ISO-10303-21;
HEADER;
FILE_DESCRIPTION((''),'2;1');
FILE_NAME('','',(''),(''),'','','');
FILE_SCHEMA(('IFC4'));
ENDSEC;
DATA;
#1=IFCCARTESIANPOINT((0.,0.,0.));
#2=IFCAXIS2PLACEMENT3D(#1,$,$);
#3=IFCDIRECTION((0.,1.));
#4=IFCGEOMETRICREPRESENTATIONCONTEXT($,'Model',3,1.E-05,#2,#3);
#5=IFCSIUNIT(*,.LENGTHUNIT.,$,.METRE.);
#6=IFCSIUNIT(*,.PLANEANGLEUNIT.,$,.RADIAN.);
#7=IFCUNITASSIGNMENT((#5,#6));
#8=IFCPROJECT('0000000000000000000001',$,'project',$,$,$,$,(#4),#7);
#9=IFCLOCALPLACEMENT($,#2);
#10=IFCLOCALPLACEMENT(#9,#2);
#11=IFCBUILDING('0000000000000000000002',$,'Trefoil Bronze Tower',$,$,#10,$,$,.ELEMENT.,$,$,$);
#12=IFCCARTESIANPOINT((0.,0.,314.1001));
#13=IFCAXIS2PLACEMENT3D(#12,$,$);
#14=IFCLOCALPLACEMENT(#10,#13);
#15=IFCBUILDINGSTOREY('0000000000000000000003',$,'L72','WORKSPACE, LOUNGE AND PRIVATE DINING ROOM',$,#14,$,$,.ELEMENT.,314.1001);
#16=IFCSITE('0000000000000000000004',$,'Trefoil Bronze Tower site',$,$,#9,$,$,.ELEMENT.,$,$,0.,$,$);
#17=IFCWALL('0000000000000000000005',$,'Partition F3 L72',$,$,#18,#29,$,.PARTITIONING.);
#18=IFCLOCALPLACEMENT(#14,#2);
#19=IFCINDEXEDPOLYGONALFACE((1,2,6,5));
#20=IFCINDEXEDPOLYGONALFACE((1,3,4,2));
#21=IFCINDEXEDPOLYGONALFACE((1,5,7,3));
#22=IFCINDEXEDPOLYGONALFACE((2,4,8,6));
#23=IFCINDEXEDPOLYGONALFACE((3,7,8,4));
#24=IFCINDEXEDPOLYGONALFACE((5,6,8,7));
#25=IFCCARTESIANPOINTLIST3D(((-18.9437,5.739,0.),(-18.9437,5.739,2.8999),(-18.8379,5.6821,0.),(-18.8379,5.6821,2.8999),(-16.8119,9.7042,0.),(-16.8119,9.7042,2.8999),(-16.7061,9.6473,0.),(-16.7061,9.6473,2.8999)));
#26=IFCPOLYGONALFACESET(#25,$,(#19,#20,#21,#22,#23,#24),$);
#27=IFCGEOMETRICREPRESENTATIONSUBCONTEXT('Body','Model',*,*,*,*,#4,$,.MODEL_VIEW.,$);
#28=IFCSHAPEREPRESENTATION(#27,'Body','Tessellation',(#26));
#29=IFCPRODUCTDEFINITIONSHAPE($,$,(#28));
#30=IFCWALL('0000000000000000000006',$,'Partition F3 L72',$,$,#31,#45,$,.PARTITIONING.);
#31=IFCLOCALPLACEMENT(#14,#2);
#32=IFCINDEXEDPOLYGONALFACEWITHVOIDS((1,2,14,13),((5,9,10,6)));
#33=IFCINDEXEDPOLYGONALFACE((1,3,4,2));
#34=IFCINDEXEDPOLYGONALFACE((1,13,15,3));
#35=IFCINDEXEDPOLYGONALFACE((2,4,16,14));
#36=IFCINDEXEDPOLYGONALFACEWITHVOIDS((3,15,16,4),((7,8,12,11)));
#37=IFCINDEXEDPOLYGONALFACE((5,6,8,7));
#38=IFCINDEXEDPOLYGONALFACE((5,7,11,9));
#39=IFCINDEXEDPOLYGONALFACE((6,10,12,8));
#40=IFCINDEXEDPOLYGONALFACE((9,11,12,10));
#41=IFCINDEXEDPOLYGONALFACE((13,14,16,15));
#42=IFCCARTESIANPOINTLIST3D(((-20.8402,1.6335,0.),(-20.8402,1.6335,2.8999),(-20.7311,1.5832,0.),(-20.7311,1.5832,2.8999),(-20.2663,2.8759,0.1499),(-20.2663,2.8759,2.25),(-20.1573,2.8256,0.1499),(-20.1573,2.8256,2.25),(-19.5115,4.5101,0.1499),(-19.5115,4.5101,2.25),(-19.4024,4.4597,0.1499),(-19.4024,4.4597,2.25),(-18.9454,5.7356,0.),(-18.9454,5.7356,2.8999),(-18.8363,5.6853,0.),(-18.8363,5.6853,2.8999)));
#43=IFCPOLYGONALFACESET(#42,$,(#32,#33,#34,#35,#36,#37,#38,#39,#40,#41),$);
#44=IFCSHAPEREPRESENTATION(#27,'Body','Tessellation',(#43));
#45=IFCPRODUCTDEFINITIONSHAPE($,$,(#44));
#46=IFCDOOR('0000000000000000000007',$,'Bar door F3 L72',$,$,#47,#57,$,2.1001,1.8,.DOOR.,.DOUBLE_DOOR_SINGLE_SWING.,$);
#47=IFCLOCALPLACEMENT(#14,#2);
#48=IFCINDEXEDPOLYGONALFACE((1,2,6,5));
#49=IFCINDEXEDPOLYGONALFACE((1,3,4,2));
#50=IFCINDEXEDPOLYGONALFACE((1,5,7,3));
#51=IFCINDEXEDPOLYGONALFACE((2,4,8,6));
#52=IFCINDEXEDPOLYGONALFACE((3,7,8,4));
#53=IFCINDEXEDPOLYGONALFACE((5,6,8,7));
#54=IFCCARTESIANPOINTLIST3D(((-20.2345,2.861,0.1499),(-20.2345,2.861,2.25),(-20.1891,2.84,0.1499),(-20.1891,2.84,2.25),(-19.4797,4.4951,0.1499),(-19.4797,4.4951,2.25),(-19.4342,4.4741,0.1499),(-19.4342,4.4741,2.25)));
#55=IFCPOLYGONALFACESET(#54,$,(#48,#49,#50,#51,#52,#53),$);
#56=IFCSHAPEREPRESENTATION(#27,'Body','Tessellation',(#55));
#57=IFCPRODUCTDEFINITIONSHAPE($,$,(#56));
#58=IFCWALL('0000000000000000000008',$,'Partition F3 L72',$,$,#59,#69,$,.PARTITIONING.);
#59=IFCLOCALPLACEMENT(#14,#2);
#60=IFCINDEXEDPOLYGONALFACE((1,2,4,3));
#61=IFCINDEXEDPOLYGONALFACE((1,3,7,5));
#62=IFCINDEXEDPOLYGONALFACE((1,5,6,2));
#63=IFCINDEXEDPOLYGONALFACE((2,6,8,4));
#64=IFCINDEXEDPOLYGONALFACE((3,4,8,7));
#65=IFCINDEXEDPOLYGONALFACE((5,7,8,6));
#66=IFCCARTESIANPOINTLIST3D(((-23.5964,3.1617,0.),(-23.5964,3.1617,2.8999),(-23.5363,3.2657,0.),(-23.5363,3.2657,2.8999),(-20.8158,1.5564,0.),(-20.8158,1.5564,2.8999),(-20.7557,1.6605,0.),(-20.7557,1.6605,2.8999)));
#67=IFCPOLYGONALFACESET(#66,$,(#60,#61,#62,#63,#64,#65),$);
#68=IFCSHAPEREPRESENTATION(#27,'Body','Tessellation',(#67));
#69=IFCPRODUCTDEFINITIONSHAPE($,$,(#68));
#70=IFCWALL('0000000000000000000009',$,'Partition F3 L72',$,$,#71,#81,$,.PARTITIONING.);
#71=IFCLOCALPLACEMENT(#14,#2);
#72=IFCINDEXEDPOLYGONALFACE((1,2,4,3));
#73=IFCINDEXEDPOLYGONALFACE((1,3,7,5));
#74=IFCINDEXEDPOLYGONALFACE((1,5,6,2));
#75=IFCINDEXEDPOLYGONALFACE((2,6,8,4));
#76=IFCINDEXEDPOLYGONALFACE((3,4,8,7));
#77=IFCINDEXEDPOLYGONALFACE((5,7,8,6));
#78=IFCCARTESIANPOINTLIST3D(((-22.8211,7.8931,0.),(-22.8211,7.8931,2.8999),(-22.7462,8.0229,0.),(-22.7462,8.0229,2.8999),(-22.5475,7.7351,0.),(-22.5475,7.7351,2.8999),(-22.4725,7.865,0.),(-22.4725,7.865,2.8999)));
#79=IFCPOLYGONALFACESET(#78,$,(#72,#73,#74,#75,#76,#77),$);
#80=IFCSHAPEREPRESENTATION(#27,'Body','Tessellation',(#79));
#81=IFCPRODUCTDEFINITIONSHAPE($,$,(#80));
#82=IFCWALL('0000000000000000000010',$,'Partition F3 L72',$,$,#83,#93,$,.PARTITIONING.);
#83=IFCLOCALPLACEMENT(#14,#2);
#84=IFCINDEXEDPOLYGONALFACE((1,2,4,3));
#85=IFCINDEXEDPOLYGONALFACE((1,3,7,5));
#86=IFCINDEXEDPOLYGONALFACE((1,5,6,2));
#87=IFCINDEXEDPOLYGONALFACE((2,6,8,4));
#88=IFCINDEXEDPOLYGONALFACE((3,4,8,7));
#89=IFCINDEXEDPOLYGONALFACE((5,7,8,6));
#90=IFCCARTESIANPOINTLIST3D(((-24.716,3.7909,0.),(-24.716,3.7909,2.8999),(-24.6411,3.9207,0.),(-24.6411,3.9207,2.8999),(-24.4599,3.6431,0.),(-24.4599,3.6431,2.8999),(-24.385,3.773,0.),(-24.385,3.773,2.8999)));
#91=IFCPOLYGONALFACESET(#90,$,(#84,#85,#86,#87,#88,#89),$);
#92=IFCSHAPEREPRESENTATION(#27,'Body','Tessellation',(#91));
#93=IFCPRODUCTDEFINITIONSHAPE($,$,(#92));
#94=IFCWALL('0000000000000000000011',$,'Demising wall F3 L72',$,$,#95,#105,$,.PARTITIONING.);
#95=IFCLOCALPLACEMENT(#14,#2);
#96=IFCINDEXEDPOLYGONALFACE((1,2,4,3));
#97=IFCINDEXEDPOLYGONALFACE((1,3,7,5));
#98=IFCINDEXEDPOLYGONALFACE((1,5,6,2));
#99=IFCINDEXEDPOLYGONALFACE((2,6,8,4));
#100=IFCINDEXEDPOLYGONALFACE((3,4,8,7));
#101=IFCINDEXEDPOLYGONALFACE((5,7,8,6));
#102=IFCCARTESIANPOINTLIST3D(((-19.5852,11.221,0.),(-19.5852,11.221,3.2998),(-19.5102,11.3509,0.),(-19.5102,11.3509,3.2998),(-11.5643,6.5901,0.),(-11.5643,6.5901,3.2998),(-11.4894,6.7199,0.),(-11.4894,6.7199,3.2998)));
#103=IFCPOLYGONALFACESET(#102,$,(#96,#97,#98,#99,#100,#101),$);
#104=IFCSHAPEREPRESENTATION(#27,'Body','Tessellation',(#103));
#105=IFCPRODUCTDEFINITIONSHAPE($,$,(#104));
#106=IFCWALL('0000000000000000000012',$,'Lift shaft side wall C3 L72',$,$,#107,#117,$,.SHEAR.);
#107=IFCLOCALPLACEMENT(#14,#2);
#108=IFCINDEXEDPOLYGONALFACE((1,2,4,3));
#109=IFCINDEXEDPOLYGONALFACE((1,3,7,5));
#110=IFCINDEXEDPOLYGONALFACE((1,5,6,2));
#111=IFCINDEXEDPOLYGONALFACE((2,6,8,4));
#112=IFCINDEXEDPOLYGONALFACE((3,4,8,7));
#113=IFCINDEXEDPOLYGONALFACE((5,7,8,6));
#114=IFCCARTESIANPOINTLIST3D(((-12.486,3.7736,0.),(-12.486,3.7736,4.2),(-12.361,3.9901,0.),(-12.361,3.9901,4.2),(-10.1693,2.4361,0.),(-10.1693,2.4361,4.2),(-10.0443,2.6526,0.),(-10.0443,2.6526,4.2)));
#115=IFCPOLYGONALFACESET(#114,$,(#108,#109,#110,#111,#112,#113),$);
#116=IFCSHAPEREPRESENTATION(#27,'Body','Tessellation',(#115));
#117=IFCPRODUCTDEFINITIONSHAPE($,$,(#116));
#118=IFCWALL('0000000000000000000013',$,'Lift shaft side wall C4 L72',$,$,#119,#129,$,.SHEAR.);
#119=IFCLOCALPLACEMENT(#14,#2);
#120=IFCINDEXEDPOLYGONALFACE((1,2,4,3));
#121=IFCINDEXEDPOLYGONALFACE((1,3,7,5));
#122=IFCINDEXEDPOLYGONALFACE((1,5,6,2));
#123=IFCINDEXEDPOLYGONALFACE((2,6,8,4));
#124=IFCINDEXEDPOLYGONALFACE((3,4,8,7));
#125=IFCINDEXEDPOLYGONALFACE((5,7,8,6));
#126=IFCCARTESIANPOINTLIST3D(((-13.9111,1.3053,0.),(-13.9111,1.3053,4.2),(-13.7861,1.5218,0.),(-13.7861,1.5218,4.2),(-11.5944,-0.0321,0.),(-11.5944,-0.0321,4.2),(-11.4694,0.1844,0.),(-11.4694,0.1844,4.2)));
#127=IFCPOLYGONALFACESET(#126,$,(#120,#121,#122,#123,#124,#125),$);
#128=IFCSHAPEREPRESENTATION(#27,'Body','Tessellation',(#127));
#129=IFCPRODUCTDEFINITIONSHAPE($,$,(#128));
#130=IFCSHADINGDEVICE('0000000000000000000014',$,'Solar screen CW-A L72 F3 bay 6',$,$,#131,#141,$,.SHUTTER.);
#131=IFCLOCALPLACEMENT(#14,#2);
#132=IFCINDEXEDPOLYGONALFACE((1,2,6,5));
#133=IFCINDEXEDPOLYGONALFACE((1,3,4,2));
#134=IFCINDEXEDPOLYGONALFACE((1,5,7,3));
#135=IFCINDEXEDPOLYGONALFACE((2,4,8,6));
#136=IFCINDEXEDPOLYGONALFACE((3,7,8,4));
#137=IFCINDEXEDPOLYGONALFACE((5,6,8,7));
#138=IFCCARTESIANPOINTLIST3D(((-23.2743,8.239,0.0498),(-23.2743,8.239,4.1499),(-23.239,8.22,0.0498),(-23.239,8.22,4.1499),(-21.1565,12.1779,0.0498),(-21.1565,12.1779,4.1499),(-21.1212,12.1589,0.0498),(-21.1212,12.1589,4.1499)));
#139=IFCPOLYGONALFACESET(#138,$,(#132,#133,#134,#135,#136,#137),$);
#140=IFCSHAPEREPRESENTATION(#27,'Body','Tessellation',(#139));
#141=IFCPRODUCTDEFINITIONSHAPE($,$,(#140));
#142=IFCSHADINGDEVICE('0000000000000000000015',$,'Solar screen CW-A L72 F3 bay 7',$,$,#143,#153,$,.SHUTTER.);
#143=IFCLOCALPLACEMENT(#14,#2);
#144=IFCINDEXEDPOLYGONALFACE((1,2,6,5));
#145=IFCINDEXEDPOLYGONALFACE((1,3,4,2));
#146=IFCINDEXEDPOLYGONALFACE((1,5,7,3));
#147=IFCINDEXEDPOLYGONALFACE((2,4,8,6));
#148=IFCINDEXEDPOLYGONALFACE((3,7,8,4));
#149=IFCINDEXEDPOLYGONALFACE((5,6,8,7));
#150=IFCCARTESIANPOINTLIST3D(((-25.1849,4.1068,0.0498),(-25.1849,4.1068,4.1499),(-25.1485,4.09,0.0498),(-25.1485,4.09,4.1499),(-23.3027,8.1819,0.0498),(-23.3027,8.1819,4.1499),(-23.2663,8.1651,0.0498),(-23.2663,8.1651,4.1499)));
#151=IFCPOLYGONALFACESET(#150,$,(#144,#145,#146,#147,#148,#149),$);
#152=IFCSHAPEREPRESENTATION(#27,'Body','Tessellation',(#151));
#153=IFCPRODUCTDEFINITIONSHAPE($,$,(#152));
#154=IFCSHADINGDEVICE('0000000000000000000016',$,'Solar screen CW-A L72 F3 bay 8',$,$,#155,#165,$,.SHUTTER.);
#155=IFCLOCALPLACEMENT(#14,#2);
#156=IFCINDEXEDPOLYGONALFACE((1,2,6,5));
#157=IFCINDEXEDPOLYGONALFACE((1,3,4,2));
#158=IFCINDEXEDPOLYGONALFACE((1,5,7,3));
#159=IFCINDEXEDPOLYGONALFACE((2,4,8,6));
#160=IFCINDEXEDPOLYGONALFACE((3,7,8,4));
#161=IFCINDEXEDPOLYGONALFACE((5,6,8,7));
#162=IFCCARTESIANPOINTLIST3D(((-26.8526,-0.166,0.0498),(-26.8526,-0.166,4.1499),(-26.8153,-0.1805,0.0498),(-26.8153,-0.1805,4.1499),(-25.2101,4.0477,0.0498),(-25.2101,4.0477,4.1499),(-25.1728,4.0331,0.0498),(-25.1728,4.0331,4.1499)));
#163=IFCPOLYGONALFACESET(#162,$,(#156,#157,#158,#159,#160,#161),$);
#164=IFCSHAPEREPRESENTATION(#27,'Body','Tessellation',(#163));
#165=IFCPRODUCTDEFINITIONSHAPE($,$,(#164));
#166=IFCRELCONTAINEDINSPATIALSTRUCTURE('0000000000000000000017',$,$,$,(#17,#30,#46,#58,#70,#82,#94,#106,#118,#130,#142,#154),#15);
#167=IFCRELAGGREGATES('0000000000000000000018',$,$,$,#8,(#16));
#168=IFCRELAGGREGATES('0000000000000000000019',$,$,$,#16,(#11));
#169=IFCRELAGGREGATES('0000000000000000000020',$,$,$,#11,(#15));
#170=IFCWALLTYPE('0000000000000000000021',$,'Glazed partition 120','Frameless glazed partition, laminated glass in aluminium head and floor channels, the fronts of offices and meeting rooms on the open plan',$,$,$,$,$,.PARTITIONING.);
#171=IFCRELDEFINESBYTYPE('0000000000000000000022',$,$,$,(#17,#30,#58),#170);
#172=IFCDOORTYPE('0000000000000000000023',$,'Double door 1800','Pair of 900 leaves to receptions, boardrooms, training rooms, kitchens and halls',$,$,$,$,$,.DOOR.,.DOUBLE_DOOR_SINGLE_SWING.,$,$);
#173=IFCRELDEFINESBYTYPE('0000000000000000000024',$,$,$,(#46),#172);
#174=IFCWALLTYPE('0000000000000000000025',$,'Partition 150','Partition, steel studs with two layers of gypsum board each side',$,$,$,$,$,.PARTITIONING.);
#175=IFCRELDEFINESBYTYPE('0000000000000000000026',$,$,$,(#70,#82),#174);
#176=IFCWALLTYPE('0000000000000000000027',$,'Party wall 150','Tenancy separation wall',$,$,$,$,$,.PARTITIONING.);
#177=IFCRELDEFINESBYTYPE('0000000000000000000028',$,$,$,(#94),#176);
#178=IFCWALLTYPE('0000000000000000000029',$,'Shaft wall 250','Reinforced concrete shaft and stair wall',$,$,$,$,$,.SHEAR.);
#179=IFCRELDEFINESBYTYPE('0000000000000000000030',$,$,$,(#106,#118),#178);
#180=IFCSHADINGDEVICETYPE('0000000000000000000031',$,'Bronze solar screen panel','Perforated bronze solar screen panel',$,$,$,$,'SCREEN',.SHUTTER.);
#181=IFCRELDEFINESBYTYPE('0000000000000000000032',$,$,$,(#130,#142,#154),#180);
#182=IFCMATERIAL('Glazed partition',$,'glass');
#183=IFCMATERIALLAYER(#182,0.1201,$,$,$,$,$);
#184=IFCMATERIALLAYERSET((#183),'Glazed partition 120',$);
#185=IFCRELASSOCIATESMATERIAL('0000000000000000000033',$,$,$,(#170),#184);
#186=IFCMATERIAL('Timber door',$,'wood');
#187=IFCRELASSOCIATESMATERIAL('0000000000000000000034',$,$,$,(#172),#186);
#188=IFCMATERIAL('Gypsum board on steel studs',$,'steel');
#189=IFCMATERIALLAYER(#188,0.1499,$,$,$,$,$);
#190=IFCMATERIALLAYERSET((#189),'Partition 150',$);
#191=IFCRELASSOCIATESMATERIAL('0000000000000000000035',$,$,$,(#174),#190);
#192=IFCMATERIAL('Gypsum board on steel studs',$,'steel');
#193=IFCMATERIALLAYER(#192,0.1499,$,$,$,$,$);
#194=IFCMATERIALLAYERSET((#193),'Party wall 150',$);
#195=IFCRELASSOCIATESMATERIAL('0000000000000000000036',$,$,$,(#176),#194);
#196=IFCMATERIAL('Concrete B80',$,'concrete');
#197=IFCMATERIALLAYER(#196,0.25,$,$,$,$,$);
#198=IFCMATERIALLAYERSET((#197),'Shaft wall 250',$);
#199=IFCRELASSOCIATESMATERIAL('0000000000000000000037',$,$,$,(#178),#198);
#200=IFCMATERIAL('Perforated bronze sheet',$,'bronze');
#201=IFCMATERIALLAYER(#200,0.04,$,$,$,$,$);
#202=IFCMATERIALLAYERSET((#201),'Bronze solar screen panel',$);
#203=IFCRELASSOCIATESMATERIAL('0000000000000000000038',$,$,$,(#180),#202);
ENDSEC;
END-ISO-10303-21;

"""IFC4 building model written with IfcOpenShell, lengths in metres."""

from ifc_helpers import new_model, si_unit, direction, frame, frame_2d, origin, origin_2d, place, context, subcontext, project, spatial, rectangle, extrude, material, layer, layer_set, type_object, element, fill, save


model = new_model("IFC4")

# Units and contexts
model_context = context("Model", 3, precision=1e-05, world=origin(), true_north=direction((0.0, 1.0)))
body_context = subcontext(model_context, "Body", "Model", "MODEL_VIEW")
ifc_project = project(units=[si_unit("LENGTHUNIT", "METRE"), si_unit("PLANEANGLEUNIT", "RADIAN")], contexts=[model_context])

# Site, building, storey
site_placement = place(None, origin())
site = spatial("IfcSite", under=ifc_project, at=site_placement, Name="Trefoil Bronze Tower site", CompositionType="ELEMENT", RefElevation=0.0)
building_placement = place(site_placement, origin())
building = spatial("IfcBuilding", under=site, at=building_placement, Name="Trefoil Bronze Tower", CompositionType="ELEMENT")
storey_placement = place(building_placement, frame((0.0, 0.0, 314.1001)))
storey = spatial("IfcBuildingStorey", under=building, at=storey_placement, Name="L72", Description="WORKSPACE, LOUNGE AND PRIVATE DINING ROOM", CompositionType="ELEMENT", Elevation=314.1001)

# Wall
ifc_material_1 = material(Name="Glazed partition", Category="glass")
ifc_layer_1 = layer(ifc_material_1, 0.1201)
ifc_layer_set_1 = layer_set([ifc_layer_1], Name="Glazed partition 120")
wall_type_1 = type_object("IfcWallType", Name="Glazed partition 120", Description="Frameless glazed partition, laminated glass in aluminium head and floor channels, the fronts of offices and meeting rooms on the open plan", PredefinedType="PARTITIONING", material=ifc_layer_set_1)
wall_1_placement = place(storey_placement, frame((-16.759, 9.6758, 0.0), z_axis=(0.0, 0.0, 1.0), x_axis=(-0.473524, -0.880781, 0.0)))
element("IfcWall", 1, at=wall_1_placement, inside=storey, type_object=wall_type_1, Name="Partition F3 L72", PredefinedType="PARTITIONING", context=body_context, shape_type="SweptSolid", body=[
    extrude(rectangle(XDim=4.502, YDim=0.1201, at=frame_2d((2.251, 0.0))), origin(), (0.0, 0.0, 1.0), 2.8999),
])

# Wall, opening, door
wall_2_placement = place(storey_placement, frame((-18.8909, 5.7104, 0.0), z_axis=(0.0, 0.0, 1.0), x_axis=(-0.419336, -0.907831, 0.0)))
wall_2 = element("IfcWall", 2, at=wall_2_placement, inside=storey, type_object=wall_type_1, Name="Partition F3 L72", PredefinedType="PARTITIONING", context=body_context, shape_type="SweptSolid", body=[
    extrude(rectangle(XDim=4.5186, YDim=0.1201, at=frame_2d((2.2593, 0.0))), origin(), (0.0, 0.0, 1.0), 2.8999),
])
opening_placement = place(wall_2_placement, frame((1.3501, 0.0, 0.1499)))
opening = element("IfcOpeningElement", 3, at=opening_placement, cuts=wall_2, PredefinedType="OPENING", context=body_context, shape_type="SweptSolid", body=[
    extrude(rectangle(XDim=1.8, YDim=2.1001, at=frame_2d((0.8999, 1.05))), frame((0.0, 0.0701, 0.0), z_axis=(0.0, -1.0, 0.0), x_axis=(1.0, 0.0, 0.0)), (0.0, 0.0, 1.0), 0.1401),
])
ifc_material_2 = material(Name="Timber door", Category="wood")
door_type = type_object("IfcDoorType", Name="Double door 1800", Description="Pair of 900 leaves to receptions, boardrooms, training rooms, kitchens and halls", OperationType="DOUBLE_DOOR_SINGLE_SWING", PredefinedType="DOOR", material=ifc_material_2)
door_placement = place(opening_placement, frame((1.8, 0.0, 0.0), z_axis=(0.0, 0.0, 1.0), x_axis=(-1.0, 0.0, 0.0)))
door = element("IfcDoor", 4, at=door_placement, inside=storey, type_object=door_type, Name="Bar door F3 L72", OperationType="DOUBLE_DOOR_SINGLE_SWING", OverallHeight=2.1001, OverallWidth=1.8, PredefinedType="DOOR", context=body_context, shape_type="SweptSolid", body=[
    extrude(rectangle(XDim=1.8, YDim=2.1001, at=frame_2d((0.8999, 1.05))), frame((0.0, 0.0249, 0.0), z_axis=(0.0, -1.0, 0.0), x_axis=(1.0, 0.0, 0.0)), (0.0, 0.0, 1.0), 0.05),
])
fill(opening, door)

# Walls
wall_3_placement = place(storey_placement, frame((-20.7856, 1.6084, 0.0), z_axis=(0.0, 0.0, 1.0), x_axis=(-0.86604, 0.499975, 0.0)))
element("IfcWall", 5, at=wall_3_placement, inside=storey, type_object=wall_type_1, Name="Partition F3 L72", PredefinedType="PARTITIONING", context=body_context, shape_type="SweptSolid", body=[
    extrude(rectangle(XDim=3.2107, YDim=0.1201, at=frame_2d((1.6055, 0.0))), origin(), (0.0, 0.0, 1.0), 2.8999),
])
ifc_material_3 = material(Name="Gypsum board on steel studs", Category="steel")
ifc_layer_2 = layer(ifc_material_3, 0.1499)
ifc_layer_set_2 = layer_set([ifc_layer_2], Name="Partition 150")
wall_type_2 = type_object("IfcWallType", Name="Partition 150", Description="Partition, steel studs with two layers of gypsum board each side", PredefinedType="PARTITIONING", material=ifc_layer_set_2)
wall_4_placement = place(storey_placement, frame((-22.51, 7.8, 0.0), z_axis=(0.0, 0.0, 1.0), x_axis=(-0.866096, 0.499879, 0.0)))
element("IfcWall", 6, at=wall_4_placement, inside=storey, type_object=wall_type_2, Name="Partition F3 L72", PredefinedType="PARTITIONING", context=body_context, shape_type="SweptSolid", body=[
    extrude(rectangle(XDim=0.3159, YDim=0.1499, at=frame_2d((0.158, 0.0))), origin(), (0.0, 0.0, 1.0), 2.8999),
])
wall_5_placement = place(storey_placement, frame((-24.4224, 3.708, 0.0), z_axis=(0.0, 0.0, 1.0), x_axis=(-0.866254, 0.499603, 0.0)))
element("IfcWall", 7, at=wall_5_placement, inside=storey, type_object=wall_type_2, Name="Partition F3 L72", PredefinedType="PARTITIONING", context=body_context, shape_type="SweptSolid", body=[
    extrude(rectangle(XDim=0.2957, YDim=0.1499, at=frame_2d((0.1479, 0.0))), origin(), (0.0, 0.0, 1.0), 2.8999),
])
ifc_material_4 = material(Name="Gypsum board on steel studs", Category="steel")
ifc_layer_3 = layer(ifc_material_4, 0.1499)
ifc_layer_set_3 = layer_set([ifc_layer_3], Name="Party wall 150")
wall_type_3 = type_object("IfcWallType", Name="Party wall 150", Description="Tenancy separation wall", PredefinedType="PARTITIONING", material=ifc_layer_set_3)
wall_6_placement = place(storey_placement, frame((-11.5269, 6.655, 0.0), z_axis=(0.0, 0.0, 1.0), x_axis=(-0.866022, 0.500006, 0.0)))
element("IfcWall", 8, at=wall_6_placement, inside=storey, type_object=wall_type_3, Name="Demising wall F3 L72", PredefinedType="PARTITIONING", context=body_context, shape_type="SweptSolid", body=[
    extrude(rectangle(XDim=9.2617, YDim=0.1499, at=frame_2d((4.6309, 0.0))), origin(), (0.0, 0.0, 1.0), 3.2998),
])
ifc_material_5 = material(Name="Concrete B80", Category="concrete")
ifc_layer_4 = layer(ifc_material_5, 0.25)
ifc_layer_set_4 = layer_set([ifc_layer_4], Name="Shaft wall 250")
wall_type_4 = type_object("IfcWallType", Name="Shaft wall 250", Description="Reinforced concrete shaft and stair wall", PredefinedType="SHEAR", material=ifc_layer_set_4)
for number, where, z_axis, x_axis, name in (
    (9, (-10.1069, 2.5444, 0.0), (0.0, 0.0, 1.0), (-0.866044, 0.499967, 0.0), "Lift shaft side wall C3 L72"),
    (10, (-11.532, 0.0762, 0.0), (0.0, 0.0, 1.0), (-0.866044, 0.499967, 0.0), "Lift shaft side wall C4 L72"),
):
    element("IfcWall", number, at=place(storey_placement, frame(where, z_axis=z_axis, x_axis=x_axis)), inside=storey, type_object=wall_type_4, Name=name, PredefinedType="SHEAR", context=body_context, shape_type="SweptSolid", body=[
        extrude(rectangle(XDim=2.675, YDim=0.25, at=frame_2d((1.3374, 0.0))), origin(), (0.0, 0.0, 1.0), 4.2),
    ])

# Shading devices
ifc_material_6 = material(Name="Perforated bronze sheet", Category="bronze")
ifc_layer_5 = layer(ifc_material_6, 0.04)
ifc_layer_set_5 = layer_set([ifc_layer_5], Name="Bronze solar screen panel")
shading_device_type = type_object("IfcShadingDeviceType", Name="Bronze solar screen panel", Description="Perforated bronze solar screen panel", ElementType="SCREEN", PredefinedType="SHUTTER", material=ifc_layer_set_5)
shading_device_1_placement = place(storey_placement, frame((-22.1978, 10.199, 0.0498), z_axis=(0.0, 0.0, 1.0), x_axis=(-0.473562, -0.88076, 0.0)))
element("IfcShadingDevice", 11, at=shading_device_1_placement, inside=storey, type_object=shading_device_type, Name="Solar screen CW-A L72 F3 bay 6", PredefinedType="SHUTTER", context=body_context, shape_type="SweptSolid", body=[
    extrude(rectangle(XDim=4.4722, YDim=0.04, at=origin_2d()), origin(), (0.0, 0.0, 1.0), 4.1001),
])
shading_device_2_placement = place(storey_placement, frame((-24.2256, 6.136, 0.0498), z_axis=(0.0, 0.0, 1.0), x_axis=(-0.419309, -0.907844, 0.0)))
element("IfcShadingDevice", 12, at=shading_device_2_placement, inside=storey, type_object=shading_device_type, Name="Solar screen CW-A L72 F3 bay 7", PredefinedType="SHUTTER", context=body_context, shape_type="SweptSolid", body=[
    extrude(rectangle(XDim=4.4888, YDim=0.04, at=origin_2d()), origin(), (0.0, 0.0, 1.0), 4.1001),
])
shading_device_3_placement = place(storey_placement, frame((-26.0127, 1.9336, 0.0498), z_axis=(0.0, 0.0, 1.0), x_axis=(-0.363199, -0.931712, 0.0)))
element("IfcShadingDevice", 13, at=shading_device_3_placement, inside=storey, type_object=shading_device_type, Name="Solar screen CW-A L72 F3 bay 8", PredefinedType="SHUTTER", context=body_context, shape_type="SweptSolid", body=[
    extrude(rectangle(XDim=4.5225, YDim=0.04, at=origin_2d()), origin(), (0.0, 0.0, 1.0), 4.1001),
])

save(model, "model.ifc")
